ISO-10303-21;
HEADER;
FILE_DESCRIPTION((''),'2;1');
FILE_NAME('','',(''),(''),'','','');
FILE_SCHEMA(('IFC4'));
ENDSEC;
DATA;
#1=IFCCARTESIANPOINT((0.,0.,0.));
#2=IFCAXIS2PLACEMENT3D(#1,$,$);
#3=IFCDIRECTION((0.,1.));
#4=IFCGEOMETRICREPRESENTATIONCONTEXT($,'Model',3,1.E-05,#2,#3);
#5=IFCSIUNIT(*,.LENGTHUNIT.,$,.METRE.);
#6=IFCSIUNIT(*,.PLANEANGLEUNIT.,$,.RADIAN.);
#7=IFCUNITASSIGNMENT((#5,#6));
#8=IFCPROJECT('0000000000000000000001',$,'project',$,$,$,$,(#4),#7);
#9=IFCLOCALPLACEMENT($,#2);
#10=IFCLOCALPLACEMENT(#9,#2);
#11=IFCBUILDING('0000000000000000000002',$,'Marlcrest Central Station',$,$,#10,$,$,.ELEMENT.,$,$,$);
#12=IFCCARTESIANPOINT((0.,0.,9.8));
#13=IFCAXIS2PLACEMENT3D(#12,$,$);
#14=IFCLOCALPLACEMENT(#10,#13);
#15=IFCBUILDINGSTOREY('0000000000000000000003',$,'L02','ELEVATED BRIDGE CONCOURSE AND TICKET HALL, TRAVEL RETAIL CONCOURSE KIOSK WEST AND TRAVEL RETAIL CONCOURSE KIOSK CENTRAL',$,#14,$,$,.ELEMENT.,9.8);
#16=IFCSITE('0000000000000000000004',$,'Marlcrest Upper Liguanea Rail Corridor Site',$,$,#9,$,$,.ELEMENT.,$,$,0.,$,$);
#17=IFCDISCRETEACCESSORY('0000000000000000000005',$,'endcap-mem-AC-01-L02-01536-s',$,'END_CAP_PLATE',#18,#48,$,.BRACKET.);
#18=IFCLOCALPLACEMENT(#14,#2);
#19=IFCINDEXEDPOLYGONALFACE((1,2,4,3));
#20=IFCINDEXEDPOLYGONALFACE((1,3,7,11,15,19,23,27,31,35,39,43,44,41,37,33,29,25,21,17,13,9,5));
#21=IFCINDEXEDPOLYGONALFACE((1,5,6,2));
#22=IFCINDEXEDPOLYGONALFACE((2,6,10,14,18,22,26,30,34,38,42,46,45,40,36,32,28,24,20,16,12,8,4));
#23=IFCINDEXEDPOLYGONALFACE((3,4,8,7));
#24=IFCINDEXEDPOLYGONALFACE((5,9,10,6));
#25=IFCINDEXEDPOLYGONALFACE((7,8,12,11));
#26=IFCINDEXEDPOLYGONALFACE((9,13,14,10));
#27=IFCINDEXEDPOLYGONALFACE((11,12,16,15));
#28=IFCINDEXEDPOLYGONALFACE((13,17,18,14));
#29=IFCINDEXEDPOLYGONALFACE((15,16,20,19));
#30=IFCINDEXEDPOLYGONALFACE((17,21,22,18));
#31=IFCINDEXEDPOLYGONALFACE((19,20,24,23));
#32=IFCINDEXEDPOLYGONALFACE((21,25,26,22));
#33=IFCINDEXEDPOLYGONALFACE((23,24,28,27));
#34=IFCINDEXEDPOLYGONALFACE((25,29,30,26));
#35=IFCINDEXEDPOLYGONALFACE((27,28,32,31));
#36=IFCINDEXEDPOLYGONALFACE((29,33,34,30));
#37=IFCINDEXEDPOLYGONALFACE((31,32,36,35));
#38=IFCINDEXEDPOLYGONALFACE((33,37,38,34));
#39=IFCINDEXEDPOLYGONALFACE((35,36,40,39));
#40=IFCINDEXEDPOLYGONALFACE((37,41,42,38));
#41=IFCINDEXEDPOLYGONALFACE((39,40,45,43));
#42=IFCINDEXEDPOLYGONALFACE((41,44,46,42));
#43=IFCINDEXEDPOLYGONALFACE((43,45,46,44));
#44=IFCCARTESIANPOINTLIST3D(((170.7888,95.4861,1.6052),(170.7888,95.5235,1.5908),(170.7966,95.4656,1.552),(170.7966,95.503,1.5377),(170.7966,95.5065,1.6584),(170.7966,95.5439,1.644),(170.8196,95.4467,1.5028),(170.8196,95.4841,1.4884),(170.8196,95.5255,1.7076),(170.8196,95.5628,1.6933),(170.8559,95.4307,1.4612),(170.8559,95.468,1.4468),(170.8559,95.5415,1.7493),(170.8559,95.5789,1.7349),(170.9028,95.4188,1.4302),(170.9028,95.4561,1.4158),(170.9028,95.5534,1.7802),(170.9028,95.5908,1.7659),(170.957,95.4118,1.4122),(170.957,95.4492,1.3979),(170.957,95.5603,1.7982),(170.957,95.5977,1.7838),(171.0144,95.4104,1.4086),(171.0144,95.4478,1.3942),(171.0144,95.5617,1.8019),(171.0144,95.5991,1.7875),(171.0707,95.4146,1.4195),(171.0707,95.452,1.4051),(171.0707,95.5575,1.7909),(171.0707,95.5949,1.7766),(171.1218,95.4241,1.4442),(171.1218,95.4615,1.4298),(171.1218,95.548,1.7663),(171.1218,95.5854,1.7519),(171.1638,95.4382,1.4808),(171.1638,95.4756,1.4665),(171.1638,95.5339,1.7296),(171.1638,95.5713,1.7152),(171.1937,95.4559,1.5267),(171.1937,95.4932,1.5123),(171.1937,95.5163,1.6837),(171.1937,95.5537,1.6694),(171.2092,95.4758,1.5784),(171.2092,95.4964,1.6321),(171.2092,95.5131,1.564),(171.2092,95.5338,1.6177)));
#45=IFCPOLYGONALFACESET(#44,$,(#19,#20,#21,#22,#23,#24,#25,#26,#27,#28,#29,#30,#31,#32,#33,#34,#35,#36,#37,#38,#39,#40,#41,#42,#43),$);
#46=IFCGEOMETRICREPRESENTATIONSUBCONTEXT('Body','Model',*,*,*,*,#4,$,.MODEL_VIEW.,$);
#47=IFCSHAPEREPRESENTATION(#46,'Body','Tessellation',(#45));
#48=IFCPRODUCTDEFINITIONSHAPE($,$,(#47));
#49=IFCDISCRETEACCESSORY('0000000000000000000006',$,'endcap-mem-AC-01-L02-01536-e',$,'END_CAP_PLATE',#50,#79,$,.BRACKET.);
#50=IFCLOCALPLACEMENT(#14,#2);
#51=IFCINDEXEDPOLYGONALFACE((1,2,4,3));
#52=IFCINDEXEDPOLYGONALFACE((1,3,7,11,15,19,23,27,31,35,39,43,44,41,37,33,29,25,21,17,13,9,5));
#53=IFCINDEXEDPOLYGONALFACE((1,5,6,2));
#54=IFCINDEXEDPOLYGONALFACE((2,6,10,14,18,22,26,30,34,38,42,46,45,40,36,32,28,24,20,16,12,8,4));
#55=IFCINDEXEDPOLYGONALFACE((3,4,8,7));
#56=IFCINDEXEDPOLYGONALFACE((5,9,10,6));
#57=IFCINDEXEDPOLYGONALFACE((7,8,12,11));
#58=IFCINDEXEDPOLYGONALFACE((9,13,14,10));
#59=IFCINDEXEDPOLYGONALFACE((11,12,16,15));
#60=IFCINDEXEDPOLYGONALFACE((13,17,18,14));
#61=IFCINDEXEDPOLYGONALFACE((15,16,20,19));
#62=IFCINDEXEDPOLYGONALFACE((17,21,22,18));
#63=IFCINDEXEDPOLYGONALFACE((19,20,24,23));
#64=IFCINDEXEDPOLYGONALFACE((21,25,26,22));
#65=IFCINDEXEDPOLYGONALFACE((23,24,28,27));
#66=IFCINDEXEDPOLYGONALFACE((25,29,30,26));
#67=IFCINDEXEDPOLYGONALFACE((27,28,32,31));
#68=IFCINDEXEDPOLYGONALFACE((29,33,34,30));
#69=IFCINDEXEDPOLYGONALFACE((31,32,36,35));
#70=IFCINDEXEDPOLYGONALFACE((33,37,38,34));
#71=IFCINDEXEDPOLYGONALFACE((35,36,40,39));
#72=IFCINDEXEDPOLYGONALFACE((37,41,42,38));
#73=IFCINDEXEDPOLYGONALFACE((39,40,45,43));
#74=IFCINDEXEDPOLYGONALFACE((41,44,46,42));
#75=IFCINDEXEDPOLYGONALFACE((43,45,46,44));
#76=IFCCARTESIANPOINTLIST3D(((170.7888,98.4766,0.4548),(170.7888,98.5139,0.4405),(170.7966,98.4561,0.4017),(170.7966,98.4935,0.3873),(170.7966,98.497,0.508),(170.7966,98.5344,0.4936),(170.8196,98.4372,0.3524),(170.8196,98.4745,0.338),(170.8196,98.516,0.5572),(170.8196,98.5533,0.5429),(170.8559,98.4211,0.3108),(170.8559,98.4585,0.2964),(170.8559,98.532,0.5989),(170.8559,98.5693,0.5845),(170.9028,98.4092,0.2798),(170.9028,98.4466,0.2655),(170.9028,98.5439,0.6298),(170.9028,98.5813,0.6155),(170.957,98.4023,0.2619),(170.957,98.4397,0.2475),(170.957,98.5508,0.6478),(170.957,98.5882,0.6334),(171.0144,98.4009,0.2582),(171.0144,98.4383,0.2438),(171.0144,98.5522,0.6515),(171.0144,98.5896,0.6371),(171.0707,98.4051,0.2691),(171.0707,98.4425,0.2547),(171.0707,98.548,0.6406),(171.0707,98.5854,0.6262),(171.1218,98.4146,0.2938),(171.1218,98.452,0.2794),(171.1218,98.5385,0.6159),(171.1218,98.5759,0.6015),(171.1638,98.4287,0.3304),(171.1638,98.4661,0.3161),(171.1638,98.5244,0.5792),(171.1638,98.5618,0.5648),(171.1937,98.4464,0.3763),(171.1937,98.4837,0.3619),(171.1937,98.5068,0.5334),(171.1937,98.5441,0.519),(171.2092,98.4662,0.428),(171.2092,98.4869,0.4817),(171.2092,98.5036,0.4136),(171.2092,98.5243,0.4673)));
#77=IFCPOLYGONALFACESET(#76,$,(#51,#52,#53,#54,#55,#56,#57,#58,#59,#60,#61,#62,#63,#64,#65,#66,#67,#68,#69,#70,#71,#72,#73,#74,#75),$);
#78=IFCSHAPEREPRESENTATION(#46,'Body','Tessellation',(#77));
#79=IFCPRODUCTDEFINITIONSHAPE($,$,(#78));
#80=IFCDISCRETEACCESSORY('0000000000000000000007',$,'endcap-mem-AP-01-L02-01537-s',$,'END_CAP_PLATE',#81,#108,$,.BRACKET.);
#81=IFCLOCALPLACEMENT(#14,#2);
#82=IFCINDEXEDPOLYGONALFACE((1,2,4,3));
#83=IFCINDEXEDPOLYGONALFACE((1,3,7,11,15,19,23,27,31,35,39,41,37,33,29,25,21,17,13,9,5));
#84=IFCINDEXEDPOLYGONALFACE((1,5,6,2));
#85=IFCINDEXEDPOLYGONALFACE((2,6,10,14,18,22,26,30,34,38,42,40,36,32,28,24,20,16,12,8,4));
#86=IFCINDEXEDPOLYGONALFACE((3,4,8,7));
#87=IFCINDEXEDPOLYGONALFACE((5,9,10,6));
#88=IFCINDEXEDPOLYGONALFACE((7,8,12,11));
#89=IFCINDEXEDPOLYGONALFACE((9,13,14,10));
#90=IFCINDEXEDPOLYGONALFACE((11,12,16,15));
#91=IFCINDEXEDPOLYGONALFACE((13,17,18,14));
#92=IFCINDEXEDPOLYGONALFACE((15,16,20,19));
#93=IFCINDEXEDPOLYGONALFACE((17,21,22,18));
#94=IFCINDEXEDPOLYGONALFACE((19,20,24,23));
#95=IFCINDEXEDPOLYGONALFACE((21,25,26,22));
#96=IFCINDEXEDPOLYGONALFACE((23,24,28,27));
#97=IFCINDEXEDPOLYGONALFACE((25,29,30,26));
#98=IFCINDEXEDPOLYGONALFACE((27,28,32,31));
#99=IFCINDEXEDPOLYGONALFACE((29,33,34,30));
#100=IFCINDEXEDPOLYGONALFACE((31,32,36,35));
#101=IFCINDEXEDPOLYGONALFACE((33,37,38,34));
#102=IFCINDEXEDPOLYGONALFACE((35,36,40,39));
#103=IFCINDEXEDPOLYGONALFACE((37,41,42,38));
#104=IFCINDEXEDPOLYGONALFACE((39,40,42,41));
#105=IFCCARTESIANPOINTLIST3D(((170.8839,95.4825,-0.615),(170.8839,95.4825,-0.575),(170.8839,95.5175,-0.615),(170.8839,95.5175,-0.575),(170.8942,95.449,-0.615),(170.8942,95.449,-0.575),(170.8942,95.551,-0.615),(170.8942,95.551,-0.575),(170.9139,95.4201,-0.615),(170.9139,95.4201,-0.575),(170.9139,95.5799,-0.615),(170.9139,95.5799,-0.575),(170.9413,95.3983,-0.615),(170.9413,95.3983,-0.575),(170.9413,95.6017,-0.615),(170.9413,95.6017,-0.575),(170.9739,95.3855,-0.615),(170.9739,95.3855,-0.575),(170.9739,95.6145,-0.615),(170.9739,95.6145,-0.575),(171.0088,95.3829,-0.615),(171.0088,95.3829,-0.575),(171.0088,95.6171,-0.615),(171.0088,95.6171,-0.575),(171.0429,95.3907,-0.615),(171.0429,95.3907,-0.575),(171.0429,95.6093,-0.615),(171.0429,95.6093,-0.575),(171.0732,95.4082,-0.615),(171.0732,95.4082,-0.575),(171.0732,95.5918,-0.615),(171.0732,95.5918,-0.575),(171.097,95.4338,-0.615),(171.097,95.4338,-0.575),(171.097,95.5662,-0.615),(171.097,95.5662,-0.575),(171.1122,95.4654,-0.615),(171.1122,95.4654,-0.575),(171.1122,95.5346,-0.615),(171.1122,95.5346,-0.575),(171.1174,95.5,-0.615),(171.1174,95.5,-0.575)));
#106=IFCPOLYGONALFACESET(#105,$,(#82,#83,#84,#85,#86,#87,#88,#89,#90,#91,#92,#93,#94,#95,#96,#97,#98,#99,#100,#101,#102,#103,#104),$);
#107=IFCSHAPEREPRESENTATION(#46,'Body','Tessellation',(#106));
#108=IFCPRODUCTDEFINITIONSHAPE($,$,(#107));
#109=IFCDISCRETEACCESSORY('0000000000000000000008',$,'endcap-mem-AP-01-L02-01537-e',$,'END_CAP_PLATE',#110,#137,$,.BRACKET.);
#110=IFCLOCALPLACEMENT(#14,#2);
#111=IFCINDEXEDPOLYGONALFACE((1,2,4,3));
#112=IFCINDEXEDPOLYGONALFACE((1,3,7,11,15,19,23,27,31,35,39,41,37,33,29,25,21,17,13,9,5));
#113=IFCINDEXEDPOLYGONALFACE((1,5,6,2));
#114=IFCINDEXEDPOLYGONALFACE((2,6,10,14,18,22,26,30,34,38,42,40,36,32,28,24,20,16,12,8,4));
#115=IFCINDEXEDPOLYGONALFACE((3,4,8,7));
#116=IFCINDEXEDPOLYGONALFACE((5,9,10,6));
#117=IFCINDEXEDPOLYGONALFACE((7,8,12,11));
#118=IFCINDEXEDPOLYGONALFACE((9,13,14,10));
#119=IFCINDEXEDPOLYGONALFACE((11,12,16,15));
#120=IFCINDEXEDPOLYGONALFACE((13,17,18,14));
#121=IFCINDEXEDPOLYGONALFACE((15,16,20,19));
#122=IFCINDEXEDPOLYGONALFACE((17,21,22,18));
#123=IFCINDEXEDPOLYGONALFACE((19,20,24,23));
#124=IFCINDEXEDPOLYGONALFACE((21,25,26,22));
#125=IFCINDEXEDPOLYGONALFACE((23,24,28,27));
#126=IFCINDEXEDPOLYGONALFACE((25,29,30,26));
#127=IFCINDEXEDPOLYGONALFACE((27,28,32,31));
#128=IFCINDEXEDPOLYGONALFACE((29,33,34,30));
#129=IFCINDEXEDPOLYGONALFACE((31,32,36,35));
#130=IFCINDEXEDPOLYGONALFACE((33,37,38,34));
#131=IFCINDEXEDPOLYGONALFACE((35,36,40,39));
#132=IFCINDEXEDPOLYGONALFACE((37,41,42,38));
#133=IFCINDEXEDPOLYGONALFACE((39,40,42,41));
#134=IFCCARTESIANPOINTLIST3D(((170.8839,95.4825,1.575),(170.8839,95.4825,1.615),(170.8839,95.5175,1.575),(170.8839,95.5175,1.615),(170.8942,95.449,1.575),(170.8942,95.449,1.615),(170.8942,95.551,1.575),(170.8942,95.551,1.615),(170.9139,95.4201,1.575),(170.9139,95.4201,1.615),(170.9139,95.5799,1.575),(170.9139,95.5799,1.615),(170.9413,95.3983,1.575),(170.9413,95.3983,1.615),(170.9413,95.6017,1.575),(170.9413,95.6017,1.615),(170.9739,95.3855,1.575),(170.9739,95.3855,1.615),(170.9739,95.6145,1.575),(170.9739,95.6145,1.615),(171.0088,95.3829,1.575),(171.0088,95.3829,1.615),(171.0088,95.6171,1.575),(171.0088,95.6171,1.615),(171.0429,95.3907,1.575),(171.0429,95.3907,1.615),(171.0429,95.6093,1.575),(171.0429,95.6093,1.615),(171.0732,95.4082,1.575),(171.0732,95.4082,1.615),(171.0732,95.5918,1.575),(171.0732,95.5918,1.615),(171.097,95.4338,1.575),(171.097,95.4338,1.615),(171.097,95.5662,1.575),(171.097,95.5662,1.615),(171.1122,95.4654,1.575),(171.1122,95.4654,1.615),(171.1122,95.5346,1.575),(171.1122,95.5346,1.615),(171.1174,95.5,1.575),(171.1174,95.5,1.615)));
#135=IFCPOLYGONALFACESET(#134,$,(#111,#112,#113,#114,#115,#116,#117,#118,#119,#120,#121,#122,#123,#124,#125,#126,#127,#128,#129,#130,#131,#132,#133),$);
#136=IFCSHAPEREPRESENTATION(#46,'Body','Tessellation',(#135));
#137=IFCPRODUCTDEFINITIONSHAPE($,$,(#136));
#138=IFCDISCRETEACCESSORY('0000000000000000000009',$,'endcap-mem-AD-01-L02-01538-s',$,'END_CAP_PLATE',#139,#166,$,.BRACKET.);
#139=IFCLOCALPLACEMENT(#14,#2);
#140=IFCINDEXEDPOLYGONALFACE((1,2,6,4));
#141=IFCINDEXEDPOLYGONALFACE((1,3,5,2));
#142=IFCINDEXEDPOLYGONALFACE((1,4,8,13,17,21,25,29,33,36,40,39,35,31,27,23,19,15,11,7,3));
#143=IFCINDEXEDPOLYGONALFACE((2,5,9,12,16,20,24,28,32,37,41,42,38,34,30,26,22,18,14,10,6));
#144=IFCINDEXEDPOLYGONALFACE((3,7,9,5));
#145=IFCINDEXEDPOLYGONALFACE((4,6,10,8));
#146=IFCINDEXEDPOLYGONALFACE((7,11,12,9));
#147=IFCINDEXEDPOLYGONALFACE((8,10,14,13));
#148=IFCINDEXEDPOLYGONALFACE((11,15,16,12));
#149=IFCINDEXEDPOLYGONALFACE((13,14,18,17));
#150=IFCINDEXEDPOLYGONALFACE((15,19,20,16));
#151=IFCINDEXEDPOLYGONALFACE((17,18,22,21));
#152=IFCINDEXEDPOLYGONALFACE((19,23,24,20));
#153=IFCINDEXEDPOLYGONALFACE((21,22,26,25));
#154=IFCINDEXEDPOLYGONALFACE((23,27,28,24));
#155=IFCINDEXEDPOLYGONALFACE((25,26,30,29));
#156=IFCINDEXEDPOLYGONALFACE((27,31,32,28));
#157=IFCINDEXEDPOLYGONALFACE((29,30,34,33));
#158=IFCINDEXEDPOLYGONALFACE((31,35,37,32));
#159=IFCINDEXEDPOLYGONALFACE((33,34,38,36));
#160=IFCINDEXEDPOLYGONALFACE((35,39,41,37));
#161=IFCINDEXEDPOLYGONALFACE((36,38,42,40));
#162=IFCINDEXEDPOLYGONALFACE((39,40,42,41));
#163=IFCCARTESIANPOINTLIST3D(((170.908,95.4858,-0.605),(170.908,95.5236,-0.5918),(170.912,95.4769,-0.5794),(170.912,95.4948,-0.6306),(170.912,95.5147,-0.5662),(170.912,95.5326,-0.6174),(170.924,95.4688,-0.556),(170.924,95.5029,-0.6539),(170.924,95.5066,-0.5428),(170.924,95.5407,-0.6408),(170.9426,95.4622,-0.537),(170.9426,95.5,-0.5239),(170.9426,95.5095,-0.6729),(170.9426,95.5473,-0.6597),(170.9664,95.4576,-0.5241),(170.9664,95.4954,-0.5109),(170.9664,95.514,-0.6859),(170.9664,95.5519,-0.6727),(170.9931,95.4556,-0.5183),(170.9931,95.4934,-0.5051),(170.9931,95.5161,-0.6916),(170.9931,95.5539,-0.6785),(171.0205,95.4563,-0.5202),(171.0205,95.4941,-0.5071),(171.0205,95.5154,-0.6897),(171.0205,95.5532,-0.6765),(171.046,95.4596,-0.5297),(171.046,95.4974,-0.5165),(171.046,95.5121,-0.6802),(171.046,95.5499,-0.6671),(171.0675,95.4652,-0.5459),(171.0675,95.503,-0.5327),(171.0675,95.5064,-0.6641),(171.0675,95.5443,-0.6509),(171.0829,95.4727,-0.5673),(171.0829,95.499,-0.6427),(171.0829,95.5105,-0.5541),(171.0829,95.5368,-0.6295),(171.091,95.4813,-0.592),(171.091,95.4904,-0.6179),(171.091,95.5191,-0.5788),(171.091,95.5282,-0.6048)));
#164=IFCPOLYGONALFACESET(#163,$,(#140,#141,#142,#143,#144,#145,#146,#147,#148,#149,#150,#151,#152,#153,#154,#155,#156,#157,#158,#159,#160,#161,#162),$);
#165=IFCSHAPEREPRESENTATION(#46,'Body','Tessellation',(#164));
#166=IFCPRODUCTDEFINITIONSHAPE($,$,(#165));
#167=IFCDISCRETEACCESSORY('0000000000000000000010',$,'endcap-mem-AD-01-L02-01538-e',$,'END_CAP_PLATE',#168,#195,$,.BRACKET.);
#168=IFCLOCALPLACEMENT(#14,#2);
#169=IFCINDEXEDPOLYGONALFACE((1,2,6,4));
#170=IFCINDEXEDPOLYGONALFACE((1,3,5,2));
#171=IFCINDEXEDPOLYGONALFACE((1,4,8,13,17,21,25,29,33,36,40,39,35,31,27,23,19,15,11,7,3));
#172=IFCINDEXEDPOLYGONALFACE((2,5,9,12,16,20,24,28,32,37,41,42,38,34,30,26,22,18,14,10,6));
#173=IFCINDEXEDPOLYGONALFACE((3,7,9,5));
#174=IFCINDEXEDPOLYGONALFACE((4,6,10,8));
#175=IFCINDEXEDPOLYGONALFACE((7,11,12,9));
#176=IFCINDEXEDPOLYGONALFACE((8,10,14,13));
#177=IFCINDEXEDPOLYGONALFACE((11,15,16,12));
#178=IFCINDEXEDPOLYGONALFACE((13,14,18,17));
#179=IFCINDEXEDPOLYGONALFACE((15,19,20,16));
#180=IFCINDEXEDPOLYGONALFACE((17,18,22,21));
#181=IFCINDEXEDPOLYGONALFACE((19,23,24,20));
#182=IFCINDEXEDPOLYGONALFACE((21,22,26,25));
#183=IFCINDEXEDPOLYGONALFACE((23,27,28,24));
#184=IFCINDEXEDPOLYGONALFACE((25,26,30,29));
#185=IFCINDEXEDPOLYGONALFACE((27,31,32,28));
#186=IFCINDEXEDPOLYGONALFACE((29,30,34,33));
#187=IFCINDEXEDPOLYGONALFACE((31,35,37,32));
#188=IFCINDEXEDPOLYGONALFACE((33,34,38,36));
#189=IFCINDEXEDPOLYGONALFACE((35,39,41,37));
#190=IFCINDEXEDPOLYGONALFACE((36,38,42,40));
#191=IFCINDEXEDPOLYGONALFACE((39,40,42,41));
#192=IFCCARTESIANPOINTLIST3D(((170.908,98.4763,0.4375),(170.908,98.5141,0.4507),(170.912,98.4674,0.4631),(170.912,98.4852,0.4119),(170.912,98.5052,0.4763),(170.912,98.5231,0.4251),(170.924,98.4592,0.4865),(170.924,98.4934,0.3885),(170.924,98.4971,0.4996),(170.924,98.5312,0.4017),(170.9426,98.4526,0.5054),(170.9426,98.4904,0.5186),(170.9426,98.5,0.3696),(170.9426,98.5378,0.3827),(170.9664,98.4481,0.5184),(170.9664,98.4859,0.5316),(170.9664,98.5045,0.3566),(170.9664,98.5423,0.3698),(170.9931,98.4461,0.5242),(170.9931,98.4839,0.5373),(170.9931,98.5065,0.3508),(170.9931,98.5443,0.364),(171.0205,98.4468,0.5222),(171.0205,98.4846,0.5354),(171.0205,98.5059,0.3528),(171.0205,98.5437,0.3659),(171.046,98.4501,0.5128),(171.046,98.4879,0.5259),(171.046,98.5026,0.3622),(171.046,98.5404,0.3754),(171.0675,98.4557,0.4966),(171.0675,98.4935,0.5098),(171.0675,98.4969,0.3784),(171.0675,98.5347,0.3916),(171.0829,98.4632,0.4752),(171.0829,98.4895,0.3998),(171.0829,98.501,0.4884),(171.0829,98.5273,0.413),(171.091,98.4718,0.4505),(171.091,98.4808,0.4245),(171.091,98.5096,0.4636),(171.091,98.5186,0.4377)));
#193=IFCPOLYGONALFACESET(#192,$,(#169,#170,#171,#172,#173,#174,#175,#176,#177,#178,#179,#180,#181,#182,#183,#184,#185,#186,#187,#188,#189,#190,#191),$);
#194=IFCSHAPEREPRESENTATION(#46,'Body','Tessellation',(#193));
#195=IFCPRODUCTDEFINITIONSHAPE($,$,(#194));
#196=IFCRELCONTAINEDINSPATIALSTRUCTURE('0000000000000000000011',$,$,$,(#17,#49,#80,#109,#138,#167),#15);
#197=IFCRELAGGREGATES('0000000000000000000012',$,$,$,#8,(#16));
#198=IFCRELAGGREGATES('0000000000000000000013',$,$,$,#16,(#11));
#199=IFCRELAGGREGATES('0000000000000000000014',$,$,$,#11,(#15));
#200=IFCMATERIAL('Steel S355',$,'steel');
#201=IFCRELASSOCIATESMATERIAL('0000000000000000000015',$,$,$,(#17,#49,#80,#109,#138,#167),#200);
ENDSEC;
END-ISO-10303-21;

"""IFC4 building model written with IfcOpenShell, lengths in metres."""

from ifc_helpers import new_model, si_unit, direction, frame, origin, origin_2d, place, context, subcontext, project, spatial, circle, extrude, material, element, save


model = new_model("IFC4")

# Units and contexts
model_context = context("Model", 3, precision=1e-05, world=origin(), true_north=direction((0.0, 1.0)))
body_context = subcontext(model_context, "Body", "Model", "MODEL_VIEW")
ifc_project = project(units=[si_unit("LENGTHUNIT", "METRE"), si_unit("PLANEANGLEUNIT", "RADIAN")], contexts=[model_context])

# Site, building, storey
site_placement = place(None, origin())
site = spatial("IfcSite", under=ifc_project, at=site_placement, Name="Marlcrest Upper Liguanea Rail Corridor Site", CompositionType="ELEMENT", RefElevation=0.0)
building_placement = place(site_placement, origin())
building = spatial("IfcBuilding", under=site, at=building_placement, Name="Marlcrest Central Station", CompositionType="ELEMENT")
storey_placement = place(building_placement, frame((0.0, 0.0, 9.8)))
storey = spatial("IfcBuildingStorey", under=building, at=storey_placement, Name="L02", Description="ELEVATED BRIDGE CONCOURSE AND TICKET HALL, TRAVEL RETAIL CONCOURSE KIOSK WEST AND TRAVEL RETAIL CONCOURSE KIOSK CENTRAL", CompositionType="ELEMENT", Elevation=9.8)

# Shared definitions
ifc_material_1 = material(Name="Steel S355", Category="steel")

# Discrete accessories
for number, where, z_axis, x_axis, name in (
    (1, (171.0, 95.4861, 1.6052), (0.0, 0.933324, -0.359035), (-1.0, 0.0, 0.0), "endcap-mem-AC-01-L02-01536-s"),
    (2, (171.0, 98.4766, 0.4548), (0.0, 0.933324, -0.359035), (-1.0, 0.0, 0.0), "endcap-mem-AC-01-L02-01536-e"),
):
    element("IfcDiscreteAccessory", number, at=place(storey_placement, frame(where, z_axis=z_axis, x_axis=x_axis)), inside=storey, material=ifc_material_1, Name=name, ObjectType="END_CAP_PLATE", PredefinedType="BRACKET", context=body_context, shape_type="SweptSolid", body=[
        extrude(circle(Radius=0.2112, at=origin_2d()), origin(), (0.0, 0.0, 1.0), 0.04),
    ])
for number, where, z_axis, x_axis, name in (
    (3, (171.0, 95.5, -0.615), (0.0, 0.0, 1.0), (1.0, 0.0, 0.0), "endcap-mem-AP-01-L02-01537-s"),
    (4, (171.0, 95.5, 1.575), (0.0, 0.0, 1.0), (1.0, 0.0, 0.0), "endcap-mem-AP-01-L02-01537-e"),
):
    element("IfcDiscreteAccessory", number, at=place(storey_placement, frame(where, z_axis=z_axis, x_axis=x_axis)), inside=storey, material=ifc_material_1, Name=name, ObjectType="END_CAP_PLATE", PredefinedType="BRACKET", context=body_context, shape_type="SweptSolid", body=[
        extrude(circle(Radius=0.1174, at=origin_2d()), origin(), (0.0, 0.0, 1.0), 0.04),
    ])
for number, where, z_axis, x_axis, name in (
    (5, (171.0, 95.4858, -0.605), (0.0, 0.94426, 0.3292), (-1.0, 0.0, 0.0), "endcap-mem-AD-01-L02-01538-s"),
    (6, (171.0, 98.4763, 0.4375), (0.0, 0.94426, 0.3292), (-1.0, 0.0, 0.0), "endcap-mem-AD-01-L02-01538-e"),
):
    element("IfcDiscreteAccessory", number, at=place(storey_placement, frame(where, z_axis=z_axis, x_axis=x_axis)), inside=storey, material=ifc_material_1, Name=name, ObjectType="END_CAP_PLATE", PredefinedType="BRACKET", context=body_context, shape_type="SweptSolid", body=[
        extrude(circle(Radius=0.092, at=origin_2d()), origin(), (0.0, 0.0, 1.0), 0.04),
    ])

save(model, "model.ifc")
